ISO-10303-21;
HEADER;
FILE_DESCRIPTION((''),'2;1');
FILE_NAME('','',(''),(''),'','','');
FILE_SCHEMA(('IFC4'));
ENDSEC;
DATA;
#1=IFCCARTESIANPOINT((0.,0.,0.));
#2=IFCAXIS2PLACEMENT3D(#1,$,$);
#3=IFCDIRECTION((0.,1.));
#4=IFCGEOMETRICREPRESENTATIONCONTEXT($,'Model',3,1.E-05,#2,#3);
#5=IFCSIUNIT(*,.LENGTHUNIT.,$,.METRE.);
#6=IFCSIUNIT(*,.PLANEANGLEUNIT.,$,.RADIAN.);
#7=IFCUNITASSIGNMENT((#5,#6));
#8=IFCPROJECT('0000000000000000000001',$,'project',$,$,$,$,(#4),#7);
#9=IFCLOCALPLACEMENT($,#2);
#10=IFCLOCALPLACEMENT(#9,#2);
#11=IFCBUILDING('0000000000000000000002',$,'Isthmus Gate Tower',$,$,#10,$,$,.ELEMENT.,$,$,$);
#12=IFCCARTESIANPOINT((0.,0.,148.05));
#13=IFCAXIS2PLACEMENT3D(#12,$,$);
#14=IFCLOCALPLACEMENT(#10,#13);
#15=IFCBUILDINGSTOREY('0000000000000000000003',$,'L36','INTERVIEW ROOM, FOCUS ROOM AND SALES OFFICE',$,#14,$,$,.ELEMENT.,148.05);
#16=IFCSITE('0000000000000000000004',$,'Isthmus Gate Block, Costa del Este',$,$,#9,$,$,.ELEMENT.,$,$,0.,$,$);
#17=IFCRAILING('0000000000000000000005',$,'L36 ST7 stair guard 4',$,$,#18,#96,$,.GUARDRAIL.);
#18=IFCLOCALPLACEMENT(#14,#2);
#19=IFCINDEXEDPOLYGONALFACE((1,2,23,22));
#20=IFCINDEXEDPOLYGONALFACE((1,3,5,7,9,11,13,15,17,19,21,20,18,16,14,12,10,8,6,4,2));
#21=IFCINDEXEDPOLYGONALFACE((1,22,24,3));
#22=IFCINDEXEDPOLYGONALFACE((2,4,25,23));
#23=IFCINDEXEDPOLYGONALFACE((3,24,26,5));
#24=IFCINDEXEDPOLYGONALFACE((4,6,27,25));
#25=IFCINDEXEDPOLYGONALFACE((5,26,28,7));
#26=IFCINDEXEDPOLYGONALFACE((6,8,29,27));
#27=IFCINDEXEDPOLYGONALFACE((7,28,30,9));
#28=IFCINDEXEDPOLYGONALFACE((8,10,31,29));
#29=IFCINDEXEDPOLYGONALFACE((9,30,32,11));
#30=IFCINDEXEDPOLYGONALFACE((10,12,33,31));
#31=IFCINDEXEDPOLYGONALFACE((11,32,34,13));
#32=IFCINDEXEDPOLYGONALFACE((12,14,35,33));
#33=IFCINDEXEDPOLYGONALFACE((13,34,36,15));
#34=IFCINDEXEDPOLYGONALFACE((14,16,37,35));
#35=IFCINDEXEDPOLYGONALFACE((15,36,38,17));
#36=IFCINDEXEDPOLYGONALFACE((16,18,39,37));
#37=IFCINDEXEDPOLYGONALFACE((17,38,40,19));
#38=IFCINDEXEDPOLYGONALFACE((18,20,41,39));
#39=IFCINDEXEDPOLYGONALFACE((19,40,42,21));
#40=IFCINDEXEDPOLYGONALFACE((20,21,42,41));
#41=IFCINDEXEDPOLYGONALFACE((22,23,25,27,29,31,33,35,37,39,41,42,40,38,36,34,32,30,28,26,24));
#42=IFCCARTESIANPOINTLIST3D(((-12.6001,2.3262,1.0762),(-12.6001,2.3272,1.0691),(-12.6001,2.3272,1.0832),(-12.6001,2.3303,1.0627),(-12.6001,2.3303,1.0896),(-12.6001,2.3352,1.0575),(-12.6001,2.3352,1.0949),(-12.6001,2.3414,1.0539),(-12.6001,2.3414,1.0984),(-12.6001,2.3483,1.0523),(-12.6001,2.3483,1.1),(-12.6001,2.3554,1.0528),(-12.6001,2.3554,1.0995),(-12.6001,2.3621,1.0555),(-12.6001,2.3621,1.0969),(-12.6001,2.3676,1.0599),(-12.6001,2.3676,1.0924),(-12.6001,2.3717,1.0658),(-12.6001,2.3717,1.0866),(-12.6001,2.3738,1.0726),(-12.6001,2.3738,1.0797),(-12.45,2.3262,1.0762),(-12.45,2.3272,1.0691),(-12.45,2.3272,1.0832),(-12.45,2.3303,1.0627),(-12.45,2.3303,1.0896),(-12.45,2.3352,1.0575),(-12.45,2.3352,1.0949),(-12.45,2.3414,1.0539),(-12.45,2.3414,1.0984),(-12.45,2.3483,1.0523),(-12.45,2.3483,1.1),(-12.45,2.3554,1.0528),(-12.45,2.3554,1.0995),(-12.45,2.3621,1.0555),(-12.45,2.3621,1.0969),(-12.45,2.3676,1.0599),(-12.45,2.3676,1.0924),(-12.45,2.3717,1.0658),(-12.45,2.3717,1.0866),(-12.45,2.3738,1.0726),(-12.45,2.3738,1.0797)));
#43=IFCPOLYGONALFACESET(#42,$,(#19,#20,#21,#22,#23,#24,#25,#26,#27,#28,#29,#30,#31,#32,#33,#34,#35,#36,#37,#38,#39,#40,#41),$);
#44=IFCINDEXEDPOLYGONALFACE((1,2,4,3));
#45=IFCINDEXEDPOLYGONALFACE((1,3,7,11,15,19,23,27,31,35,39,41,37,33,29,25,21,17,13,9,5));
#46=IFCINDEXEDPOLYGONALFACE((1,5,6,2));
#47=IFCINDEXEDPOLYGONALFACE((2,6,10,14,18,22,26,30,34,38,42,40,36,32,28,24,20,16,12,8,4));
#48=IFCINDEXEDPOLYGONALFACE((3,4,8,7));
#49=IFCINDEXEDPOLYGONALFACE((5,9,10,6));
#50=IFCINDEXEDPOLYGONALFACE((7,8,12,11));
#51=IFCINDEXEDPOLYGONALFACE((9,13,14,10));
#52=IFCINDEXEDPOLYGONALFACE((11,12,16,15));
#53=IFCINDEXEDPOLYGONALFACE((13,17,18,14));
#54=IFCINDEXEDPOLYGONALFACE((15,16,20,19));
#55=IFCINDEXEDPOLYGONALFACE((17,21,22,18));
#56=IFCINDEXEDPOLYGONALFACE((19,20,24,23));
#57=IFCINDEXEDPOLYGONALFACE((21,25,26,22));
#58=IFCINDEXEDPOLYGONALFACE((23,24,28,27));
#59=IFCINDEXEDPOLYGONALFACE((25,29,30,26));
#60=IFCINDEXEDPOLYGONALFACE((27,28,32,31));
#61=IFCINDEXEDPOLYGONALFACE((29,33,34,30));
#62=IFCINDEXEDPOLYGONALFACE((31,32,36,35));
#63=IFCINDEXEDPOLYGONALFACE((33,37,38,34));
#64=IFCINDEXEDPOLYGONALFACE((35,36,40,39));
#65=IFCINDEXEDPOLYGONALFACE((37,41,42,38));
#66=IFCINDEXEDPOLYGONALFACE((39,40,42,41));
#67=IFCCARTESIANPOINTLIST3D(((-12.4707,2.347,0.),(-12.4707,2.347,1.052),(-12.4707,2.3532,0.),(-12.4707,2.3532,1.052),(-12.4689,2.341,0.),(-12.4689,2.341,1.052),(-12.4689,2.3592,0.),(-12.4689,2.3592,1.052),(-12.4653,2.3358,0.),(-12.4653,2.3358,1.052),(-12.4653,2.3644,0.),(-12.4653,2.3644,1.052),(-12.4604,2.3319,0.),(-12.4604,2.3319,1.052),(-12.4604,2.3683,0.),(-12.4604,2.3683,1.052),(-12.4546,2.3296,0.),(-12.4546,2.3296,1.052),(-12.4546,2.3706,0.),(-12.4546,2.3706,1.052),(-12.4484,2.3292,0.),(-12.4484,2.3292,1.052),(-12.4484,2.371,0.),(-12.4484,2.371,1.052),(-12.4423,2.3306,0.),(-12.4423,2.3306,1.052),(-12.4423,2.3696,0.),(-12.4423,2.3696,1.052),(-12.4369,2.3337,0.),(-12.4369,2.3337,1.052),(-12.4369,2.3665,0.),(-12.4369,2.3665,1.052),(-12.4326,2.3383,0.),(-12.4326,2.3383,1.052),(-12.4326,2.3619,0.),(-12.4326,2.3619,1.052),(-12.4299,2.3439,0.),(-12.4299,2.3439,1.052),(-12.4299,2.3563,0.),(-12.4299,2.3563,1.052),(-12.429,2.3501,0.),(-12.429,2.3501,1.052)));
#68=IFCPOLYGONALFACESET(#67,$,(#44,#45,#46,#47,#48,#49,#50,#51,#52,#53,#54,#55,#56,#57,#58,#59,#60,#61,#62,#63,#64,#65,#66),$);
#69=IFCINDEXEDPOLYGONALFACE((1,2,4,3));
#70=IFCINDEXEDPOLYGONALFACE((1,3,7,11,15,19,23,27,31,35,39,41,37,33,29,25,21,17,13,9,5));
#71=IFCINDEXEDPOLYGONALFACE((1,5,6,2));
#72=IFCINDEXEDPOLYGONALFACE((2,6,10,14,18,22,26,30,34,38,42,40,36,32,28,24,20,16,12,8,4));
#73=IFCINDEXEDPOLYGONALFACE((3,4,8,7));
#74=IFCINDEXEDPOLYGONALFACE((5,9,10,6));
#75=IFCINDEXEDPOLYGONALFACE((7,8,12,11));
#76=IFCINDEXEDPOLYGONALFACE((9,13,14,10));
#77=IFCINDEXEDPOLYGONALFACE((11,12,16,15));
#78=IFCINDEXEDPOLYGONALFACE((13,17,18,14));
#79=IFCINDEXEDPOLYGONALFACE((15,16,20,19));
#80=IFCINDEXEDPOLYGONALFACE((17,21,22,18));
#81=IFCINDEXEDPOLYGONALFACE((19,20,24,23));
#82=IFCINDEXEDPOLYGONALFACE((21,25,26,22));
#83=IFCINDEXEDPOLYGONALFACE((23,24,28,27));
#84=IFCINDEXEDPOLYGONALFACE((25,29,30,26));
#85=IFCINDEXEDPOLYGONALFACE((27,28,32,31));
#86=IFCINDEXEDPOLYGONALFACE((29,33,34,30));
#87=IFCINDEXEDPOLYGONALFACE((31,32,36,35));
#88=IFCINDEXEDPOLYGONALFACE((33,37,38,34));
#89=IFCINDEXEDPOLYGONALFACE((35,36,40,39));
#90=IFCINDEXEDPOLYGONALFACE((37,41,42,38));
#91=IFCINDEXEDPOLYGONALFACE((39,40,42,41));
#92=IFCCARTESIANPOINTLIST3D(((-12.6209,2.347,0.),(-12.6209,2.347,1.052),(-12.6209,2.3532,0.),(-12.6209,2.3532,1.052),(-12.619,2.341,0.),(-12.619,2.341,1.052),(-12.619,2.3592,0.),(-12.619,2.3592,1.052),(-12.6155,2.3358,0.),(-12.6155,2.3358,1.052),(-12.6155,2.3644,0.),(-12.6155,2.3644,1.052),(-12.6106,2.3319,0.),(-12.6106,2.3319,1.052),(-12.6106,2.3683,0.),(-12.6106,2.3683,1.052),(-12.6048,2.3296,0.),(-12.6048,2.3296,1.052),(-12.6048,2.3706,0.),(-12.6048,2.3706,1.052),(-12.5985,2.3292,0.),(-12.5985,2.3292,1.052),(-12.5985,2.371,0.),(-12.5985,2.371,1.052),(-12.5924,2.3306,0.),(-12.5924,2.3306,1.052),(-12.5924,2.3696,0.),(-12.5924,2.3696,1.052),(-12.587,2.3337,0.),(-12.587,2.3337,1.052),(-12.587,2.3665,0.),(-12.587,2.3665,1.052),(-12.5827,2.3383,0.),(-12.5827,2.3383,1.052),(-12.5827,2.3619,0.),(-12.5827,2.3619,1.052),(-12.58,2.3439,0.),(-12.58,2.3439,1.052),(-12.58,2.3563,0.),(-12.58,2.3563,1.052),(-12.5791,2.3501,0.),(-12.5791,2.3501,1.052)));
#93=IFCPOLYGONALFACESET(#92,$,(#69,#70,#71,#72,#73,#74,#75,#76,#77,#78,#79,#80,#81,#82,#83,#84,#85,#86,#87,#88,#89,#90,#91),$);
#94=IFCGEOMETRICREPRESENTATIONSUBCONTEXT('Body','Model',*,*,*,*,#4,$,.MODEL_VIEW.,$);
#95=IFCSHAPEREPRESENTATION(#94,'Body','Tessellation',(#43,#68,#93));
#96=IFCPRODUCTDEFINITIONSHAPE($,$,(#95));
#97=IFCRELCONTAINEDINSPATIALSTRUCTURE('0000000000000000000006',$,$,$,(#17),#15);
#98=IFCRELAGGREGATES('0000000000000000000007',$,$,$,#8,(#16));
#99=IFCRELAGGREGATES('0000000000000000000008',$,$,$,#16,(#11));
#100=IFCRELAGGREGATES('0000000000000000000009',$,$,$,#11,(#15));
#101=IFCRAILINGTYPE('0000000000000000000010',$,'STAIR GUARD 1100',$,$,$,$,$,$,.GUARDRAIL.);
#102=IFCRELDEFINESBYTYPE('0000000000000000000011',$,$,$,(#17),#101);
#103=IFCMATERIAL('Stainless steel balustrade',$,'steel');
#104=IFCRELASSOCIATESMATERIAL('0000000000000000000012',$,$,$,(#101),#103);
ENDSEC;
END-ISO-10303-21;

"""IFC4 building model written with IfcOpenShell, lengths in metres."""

from ifc_helpers import new_model, si_unit, direction, frame, origin, origin_2d, place, context, subcontext, project, spatial, circle, extrude, material, type_object, element, save


model = new_model("IFC4")

# Units and contexts
model_context = context("Model", 3, precision=1e-05, world=origin(), true_north=direction((0.0, 1.0)))
body_context = subcontext(model_context, "Body", "Model", "MODEL_VIEW")
ifc_project = project(units=[si_unit("LENGTHUNIT", "METRE"), si_unit("PLANEANGLEUNIT", "RADIAN")], contexts=[model_context])

# Site, building, storey
site_placement = place(None, origin())
site = spatial("IfcSite", under=ifc_project, at=site_placement, Name="Isthmus Gate Block, Costa del Este", CompositionType="ELEMENT", RefElevation=0.0)
building_placement = place(site_placement, origin())
building = spatial("IfcBuilding", under=site, at=building_placement, Name="Isthmus Gate Tower", CompositionType="ELEMENT")
storey_placement = place(building_placement, frame((0.0, 0.0, 148.05)))
storey = spatial("IfcBuildingStorey", under=building, at=storey_placement, Name="L36", Description="INTERVIEW ROOM, FOCUS ROOM AND SALES OFFICE", CompositionType="ELEMENT", Elevation=148.05)

# Railing
ifc_material_1 = material(Name="Stainless steel balustrade", Category="steel")
railing_type_1 = type_object("IfcRailingType", Name="STAIR GUARD 1100", PredefinedType="GUARDRAIL", material=ifc_material_1)
railing_1_placement = place(storey_placement, frame((-12.45, 2.3501, 0.0)))
element("IfcRailing", 1, at=railing_1_placement, inside=storey, type_object=railing_type_1, Name="L36 ST7 stair guard 4", PredefinedType="GUARDRAIL", context=body_context, shape_type="SweptSolid", body=[
    extrude(circle(Radius=0.0239, at=origin_2d()), frame((0.0, 0.0, 1.0762), z_axis=(-1.0, 0.0, 0.0), x_axis=(0.0, -1.0, 0.0)), (0.0, 0.0, 1.0), 0.1501),
    extrude(circle(Radius=0.021, at=origin_2d()), origin(), (0.0, 0.0, 1.0), 1.052),
    extrude(circle(Radius=0.021, at=origin_2d()), frame((-0.1501, 0.0, 0.0)), (0.0, 0.0, 1.0), 1.052),
])

save(model, "model.ifc")
